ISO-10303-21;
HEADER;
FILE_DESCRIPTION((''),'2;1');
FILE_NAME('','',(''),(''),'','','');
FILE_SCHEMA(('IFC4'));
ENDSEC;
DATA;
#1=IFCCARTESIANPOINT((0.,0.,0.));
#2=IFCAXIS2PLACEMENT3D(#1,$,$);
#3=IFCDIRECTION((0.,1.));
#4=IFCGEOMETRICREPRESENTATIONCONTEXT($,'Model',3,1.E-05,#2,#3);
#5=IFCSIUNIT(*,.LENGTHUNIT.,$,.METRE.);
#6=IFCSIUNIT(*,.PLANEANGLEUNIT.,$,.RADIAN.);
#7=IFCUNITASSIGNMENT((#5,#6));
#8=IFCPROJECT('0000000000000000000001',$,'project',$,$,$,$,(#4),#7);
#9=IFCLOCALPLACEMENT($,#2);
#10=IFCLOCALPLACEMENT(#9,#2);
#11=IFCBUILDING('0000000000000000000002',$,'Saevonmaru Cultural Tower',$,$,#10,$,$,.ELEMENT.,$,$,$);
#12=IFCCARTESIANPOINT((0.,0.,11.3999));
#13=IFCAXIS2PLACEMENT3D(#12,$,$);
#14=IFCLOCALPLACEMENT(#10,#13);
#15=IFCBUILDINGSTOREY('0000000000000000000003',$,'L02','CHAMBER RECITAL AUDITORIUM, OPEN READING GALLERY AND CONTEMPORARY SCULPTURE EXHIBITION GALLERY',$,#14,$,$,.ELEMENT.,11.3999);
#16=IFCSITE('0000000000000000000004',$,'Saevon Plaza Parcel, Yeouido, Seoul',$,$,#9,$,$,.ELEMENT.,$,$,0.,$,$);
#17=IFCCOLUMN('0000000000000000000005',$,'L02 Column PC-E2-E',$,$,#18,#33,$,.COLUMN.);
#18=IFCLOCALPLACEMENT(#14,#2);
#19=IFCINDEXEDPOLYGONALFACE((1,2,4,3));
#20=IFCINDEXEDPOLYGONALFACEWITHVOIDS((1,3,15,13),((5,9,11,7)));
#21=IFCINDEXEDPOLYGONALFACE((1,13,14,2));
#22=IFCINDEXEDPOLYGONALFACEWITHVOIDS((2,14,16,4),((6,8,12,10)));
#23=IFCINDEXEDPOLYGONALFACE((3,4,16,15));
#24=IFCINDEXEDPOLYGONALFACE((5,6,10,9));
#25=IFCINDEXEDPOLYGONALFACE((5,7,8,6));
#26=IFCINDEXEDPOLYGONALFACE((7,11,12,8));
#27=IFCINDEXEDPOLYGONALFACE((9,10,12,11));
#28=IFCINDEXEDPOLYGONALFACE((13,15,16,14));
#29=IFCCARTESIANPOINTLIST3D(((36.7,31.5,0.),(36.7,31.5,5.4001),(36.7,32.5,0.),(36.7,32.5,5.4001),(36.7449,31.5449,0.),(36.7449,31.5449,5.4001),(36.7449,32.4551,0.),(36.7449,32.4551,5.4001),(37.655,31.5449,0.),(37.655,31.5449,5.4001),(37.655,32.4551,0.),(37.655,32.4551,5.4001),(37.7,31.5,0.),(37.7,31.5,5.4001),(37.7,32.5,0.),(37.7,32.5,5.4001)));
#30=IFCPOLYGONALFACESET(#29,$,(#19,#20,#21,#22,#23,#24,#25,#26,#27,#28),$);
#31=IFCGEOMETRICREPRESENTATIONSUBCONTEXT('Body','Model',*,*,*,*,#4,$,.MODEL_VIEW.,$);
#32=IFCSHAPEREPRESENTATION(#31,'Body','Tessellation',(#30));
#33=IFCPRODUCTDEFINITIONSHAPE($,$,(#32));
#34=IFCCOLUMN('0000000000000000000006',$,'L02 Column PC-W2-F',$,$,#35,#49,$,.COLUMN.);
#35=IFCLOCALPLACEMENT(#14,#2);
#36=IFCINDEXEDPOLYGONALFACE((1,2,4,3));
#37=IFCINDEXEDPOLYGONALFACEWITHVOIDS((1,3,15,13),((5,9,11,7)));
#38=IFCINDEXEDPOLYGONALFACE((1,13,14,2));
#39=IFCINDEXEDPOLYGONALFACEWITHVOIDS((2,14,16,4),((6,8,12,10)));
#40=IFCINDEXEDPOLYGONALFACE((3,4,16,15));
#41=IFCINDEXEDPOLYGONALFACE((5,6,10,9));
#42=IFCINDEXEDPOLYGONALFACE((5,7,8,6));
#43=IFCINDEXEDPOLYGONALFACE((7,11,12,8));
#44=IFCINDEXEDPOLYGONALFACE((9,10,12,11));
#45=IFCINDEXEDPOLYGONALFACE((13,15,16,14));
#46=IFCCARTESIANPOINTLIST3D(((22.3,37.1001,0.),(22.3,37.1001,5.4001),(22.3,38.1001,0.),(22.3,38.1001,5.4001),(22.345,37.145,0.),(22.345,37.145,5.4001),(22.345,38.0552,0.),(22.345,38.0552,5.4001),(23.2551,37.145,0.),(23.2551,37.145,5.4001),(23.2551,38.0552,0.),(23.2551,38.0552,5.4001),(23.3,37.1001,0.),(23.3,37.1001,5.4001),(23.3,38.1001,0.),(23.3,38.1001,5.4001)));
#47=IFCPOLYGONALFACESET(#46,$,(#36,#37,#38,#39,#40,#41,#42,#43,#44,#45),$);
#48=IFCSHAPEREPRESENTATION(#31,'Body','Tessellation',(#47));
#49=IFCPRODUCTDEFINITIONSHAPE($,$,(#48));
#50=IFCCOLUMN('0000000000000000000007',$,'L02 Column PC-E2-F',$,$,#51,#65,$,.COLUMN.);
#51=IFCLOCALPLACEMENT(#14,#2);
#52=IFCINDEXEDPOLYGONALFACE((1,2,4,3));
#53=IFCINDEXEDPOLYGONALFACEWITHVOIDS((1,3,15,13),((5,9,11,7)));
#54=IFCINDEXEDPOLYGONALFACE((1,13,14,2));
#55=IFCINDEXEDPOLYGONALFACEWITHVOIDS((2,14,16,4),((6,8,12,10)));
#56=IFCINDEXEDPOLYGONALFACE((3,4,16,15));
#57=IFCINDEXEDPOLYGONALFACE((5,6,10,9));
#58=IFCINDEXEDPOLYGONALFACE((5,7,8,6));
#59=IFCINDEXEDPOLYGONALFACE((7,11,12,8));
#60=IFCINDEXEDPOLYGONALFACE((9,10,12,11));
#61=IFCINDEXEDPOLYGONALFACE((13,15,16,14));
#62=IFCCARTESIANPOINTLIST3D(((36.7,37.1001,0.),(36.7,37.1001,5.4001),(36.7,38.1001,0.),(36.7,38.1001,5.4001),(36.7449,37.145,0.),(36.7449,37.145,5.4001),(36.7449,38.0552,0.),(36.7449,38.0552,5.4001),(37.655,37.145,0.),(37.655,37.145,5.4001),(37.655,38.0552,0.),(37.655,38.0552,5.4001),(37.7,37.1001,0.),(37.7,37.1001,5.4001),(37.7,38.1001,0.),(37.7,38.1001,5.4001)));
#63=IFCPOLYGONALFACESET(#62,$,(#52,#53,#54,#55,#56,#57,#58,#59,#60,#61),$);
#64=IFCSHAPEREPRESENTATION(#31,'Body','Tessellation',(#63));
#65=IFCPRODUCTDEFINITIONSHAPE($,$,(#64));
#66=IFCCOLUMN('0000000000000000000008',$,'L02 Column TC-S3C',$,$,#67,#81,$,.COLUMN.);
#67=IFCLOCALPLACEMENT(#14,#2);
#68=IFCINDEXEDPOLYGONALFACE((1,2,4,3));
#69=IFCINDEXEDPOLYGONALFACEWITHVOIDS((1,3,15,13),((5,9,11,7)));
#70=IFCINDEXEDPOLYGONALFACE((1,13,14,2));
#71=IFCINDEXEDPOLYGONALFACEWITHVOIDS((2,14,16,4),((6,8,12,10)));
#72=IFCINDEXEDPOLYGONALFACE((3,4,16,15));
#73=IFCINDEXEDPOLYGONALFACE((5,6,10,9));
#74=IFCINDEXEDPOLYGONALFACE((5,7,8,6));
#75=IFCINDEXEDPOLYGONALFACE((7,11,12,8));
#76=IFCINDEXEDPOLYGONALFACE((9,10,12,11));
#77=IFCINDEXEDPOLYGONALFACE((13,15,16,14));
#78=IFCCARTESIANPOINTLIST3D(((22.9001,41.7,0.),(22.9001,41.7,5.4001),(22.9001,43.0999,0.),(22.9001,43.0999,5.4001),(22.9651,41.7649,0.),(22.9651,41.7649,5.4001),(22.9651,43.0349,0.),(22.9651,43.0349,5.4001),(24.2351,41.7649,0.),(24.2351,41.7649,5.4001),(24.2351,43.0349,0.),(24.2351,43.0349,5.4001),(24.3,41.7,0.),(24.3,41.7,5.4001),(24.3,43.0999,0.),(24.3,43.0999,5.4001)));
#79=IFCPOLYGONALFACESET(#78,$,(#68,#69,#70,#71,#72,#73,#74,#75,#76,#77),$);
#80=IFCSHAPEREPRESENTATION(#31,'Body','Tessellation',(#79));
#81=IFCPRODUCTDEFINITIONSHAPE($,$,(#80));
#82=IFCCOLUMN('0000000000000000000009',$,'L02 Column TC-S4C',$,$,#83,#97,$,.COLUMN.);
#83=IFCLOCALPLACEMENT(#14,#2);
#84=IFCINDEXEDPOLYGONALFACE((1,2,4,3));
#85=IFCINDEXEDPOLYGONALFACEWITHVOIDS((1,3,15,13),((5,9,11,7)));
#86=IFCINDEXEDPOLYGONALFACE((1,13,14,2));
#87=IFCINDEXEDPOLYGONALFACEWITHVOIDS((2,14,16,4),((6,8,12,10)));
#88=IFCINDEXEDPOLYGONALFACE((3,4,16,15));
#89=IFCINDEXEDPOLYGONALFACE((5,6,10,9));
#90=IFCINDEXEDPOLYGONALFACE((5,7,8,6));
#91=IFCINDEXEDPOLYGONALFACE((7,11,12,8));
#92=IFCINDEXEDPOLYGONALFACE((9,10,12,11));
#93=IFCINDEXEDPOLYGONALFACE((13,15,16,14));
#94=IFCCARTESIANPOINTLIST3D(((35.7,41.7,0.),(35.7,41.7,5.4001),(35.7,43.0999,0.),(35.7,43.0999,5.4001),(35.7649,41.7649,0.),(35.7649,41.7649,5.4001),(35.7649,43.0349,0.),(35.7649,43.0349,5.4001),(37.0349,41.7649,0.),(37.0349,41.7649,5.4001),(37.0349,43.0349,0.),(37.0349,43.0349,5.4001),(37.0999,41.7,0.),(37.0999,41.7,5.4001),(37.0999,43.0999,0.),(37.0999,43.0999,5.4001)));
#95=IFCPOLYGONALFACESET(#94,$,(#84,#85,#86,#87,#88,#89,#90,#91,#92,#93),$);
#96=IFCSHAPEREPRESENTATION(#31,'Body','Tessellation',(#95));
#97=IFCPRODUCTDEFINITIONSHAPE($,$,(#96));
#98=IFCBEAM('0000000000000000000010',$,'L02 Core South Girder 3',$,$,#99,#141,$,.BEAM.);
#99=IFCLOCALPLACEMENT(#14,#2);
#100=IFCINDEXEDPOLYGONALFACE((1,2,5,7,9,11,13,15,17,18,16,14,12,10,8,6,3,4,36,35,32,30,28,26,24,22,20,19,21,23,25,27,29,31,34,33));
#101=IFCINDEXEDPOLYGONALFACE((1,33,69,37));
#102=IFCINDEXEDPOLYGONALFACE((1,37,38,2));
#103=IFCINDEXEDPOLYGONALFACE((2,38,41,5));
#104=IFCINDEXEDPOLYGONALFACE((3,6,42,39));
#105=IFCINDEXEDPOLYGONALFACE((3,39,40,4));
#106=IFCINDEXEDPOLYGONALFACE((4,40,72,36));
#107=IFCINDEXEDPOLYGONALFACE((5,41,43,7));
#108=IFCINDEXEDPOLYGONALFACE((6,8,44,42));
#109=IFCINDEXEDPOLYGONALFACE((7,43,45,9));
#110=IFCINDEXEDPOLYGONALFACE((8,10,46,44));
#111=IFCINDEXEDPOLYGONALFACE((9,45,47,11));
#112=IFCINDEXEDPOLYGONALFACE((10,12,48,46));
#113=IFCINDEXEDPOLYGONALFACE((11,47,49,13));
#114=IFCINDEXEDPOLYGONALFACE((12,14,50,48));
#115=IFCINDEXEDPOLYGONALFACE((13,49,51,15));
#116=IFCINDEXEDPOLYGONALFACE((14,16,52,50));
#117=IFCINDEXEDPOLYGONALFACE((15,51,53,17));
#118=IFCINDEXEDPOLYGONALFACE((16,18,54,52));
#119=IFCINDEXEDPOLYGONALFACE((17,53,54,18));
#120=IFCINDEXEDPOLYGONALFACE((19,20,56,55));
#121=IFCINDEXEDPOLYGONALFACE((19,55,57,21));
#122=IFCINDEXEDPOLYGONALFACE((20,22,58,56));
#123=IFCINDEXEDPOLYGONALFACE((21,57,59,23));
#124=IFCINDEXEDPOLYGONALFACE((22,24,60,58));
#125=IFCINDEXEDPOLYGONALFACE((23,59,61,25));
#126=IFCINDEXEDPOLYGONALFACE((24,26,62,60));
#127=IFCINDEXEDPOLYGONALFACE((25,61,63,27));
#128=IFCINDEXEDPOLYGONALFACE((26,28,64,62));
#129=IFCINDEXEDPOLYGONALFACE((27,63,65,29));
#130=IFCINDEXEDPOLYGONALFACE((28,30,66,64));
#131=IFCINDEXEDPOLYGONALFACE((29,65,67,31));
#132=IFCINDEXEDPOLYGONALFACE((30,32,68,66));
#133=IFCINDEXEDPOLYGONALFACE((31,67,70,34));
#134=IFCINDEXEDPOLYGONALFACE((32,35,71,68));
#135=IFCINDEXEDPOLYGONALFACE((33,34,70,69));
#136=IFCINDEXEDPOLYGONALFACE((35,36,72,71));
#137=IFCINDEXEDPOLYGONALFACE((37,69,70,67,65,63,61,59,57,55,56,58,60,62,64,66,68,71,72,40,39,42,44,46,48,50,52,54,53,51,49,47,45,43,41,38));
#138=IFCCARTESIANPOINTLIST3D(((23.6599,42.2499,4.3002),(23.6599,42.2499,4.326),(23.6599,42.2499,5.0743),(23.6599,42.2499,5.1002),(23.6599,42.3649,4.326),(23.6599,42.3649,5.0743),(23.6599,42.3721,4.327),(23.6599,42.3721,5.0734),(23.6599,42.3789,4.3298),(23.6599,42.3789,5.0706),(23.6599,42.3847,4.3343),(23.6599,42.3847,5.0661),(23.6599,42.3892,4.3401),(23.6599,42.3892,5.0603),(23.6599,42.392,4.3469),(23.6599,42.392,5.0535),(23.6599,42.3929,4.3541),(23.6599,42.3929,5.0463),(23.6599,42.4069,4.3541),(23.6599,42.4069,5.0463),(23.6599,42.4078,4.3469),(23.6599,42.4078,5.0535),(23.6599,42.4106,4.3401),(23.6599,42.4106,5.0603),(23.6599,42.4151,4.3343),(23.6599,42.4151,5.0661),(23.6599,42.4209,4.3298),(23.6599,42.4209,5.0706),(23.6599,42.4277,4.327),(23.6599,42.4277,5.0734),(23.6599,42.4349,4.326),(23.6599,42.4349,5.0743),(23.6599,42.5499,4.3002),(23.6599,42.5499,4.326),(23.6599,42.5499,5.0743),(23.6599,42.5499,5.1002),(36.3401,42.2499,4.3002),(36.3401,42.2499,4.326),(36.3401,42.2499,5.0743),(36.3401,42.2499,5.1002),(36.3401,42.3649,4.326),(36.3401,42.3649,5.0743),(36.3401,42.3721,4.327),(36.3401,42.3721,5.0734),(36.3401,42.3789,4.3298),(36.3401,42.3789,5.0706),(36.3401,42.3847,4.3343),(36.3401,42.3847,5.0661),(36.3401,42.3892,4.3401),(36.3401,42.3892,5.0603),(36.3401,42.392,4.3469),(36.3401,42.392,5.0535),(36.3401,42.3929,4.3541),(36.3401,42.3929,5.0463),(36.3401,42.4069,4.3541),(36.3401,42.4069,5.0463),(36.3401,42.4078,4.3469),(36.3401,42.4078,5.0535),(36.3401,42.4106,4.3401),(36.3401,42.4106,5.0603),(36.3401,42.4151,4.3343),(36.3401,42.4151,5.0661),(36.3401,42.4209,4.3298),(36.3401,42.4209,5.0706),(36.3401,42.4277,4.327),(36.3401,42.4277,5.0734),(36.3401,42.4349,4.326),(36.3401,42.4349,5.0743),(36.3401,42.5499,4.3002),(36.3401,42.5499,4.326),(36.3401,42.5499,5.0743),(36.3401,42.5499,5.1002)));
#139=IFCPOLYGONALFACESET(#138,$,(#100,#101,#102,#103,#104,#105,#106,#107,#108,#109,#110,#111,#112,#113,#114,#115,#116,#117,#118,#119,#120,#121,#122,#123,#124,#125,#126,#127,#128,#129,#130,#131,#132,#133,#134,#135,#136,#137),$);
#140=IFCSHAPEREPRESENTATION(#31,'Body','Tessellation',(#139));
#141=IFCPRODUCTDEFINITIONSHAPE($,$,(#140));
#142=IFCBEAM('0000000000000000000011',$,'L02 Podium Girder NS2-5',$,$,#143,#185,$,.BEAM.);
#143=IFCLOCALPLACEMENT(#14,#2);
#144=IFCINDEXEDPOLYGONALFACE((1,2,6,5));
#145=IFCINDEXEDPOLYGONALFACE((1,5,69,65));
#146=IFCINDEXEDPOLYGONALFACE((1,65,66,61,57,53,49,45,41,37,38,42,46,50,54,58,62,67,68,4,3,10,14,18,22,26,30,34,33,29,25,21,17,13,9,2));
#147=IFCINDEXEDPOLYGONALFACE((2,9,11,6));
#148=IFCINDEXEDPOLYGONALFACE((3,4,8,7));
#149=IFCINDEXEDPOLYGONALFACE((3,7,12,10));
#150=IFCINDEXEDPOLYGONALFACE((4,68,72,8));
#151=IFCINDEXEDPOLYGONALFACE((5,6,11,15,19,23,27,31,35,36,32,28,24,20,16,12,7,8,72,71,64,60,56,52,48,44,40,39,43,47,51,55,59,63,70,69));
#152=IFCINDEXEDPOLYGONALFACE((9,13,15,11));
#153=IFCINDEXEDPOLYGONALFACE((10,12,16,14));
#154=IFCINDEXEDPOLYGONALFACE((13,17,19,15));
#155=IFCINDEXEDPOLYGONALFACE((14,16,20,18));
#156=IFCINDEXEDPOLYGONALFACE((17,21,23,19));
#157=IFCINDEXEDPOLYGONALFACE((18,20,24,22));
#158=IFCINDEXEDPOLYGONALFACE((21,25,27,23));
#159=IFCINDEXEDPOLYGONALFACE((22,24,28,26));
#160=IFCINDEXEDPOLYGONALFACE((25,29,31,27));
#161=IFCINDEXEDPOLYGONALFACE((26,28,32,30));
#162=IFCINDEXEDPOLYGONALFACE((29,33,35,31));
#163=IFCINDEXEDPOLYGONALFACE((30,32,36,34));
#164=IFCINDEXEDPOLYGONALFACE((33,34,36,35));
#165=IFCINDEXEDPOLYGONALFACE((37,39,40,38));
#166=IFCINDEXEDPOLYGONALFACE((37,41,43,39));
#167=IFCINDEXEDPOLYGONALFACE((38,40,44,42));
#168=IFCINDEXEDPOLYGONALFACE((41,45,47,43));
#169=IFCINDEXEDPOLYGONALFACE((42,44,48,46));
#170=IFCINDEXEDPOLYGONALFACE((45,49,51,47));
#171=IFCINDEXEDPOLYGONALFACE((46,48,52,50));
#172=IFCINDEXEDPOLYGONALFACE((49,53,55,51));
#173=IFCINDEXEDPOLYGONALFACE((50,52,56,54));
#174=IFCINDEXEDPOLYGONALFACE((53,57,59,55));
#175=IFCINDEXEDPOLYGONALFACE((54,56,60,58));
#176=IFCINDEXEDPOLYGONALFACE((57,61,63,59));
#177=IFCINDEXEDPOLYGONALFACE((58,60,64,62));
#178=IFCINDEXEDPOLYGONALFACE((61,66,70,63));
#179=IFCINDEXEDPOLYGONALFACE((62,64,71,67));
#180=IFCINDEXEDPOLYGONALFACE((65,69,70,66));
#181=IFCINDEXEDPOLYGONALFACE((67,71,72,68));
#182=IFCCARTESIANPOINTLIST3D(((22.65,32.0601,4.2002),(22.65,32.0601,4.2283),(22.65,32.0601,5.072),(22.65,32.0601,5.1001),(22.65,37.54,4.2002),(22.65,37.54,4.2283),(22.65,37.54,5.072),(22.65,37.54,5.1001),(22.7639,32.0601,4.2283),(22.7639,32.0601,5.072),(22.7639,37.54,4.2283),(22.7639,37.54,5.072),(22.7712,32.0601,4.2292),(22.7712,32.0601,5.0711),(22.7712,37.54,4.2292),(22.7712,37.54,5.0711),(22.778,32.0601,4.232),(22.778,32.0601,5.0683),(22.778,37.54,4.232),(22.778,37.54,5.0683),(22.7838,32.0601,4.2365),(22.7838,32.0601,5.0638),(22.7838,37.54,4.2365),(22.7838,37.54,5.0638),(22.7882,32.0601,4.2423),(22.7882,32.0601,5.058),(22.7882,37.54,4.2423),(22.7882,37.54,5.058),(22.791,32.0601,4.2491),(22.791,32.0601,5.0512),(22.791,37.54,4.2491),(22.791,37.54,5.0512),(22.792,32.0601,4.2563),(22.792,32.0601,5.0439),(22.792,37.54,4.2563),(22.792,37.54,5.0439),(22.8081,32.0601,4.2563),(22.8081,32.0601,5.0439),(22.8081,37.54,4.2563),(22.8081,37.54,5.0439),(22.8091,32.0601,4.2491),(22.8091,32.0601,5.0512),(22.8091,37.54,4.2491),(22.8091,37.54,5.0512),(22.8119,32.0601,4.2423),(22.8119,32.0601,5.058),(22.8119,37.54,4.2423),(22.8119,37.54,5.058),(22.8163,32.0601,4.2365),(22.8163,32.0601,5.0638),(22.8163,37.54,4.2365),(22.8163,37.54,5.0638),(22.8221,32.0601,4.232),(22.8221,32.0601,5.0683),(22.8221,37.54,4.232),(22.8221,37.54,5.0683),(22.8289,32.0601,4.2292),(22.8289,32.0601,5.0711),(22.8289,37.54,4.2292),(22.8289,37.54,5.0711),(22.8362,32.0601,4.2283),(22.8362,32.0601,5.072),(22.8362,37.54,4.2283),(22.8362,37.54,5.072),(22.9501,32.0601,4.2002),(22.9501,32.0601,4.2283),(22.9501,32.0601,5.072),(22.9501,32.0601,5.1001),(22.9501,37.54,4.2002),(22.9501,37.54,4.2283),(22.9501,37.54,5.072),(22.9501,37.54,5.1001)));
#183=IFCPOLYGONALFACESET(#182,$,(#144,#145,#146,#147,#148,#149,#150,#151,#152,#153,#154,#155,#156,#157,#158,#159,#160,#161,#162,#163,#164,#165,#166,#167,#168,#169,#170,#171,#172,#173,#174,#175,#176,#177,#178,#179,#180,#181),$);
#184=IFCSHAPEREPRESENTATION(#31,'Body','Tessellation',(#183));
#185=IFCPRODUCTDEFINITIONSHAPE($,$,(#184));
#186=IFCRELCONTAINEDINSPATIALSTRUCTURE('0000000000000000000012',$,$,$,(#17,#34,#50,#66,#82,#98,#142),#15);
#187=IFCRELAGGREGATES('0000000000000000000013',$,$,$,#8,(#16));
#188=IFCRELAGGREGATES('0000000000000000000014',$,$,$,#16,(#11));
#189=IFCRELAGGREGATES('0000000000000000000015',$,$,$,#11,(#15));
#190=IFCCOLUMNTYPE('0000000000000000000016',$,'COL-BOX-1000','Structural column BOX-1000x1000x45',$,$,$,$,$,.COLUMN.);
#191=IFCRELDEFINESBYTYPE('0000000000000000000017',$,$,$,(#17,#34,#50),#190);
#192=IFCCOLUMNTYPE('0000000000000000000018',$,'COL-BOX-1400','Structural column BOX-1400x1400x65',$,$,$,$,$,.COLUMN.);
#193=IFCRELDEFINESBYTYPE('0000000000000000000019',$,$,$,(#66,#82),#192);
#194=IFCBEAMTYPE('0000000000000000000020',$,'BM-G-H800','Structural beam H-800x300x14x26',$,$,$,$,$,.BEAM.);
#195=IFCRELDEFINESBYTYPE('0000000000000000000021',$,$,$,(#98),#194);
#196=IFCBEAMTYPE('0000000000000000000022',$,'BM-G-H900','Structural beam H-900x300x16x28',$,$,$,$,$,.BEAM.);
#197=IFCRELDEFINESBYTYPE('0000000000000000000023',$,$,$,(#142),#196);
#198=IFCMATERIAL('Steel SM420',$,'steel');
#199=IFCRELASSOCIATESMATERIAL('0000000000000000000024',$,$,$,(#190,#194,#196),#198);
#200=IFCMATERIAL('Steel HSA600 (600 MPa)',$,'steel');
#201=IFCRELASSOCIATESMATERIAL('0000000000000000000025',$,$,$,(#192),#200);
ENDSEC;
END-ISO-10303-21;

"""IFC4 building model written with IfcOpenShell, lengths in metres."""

from ifc_helpers import new_model, si_unit, direction, frame, origin, origin_2d, place, context, subcontext, project, spatial, hollow_rectangle, i_section, extrude, material, material_profile, profile_set, type_object, element, save


model = new_model("IFC4")

# Units and contexts
model_context = context("Model", 3, precision=1e-05, world=origin(), true_north=direction((0.0, 1.0)))
body_context = subcontext(model_context, "Body", "Model", "MODEL_VIEW")
ifc_project = project(units=[si_unit("LENGTHUNIT", "METRE"), si_unit("PLANEANGLEUNIT", "RADIAN")], contexts=[model_context])

# Site, building, storey
site_placement = place(None, origin())
site = spatial("IfcSite", under=ifc_project, at=site_placement, Name="Saevon Plaza Parcel, Yeouido, Seoul", CompositionType="ELEMENT", RefElevation=0.0)
building_placement = place(site_placement, origin())
building = spatial("IfcBuilding", under=site, at=building_placement, Name="Saevonmaru Cultural Tower", CompositionType="ELEMENT")
storey_placement = place(building_placement, frame((0.0, 0.0, 11.3999)))
storey = spatial("IfcBuildingStorey", under=building, at=storey_placement, Name="L02", Description="CHAMBER RECITAL AUDITORIUM, OPEN READING GALLERY AND CONTEMPORARY SCULPTURE EXHIBITION GALLERY", CompositionType="ELEMENT", Elevation=11.3999)

# Columns
ifc_material_1 = material(Name="Steel SM420", Category="steel")
ifc_material_profile_1 = material_profile(ifc_material_1, hollow_rectangle(XDim=1.0, YDim=1.0, WallThickness=0.0449, at=origin_2d()), Name="BOX-1000x1000x45")
ifc_profile_set_1 = profile_set([ifc_material_profile_1], Name="Steel SM420")
column_type_1 = type_object("IfcColumnType", Name="COL-BOX-1000", Description="Structural column BOX-1000x1000x45", PredefinedType="COLUMN", material=ifc_profile_set_1)
for number, where, z_axis, x_axis, name in (
    (1, (37.2, 32.0, 0.0), (0.0, 0.0, 1.0), (1.0, 0.0, 0.0), "L02 Column PC-E2-E"),
    (2, (22.8, 37.6001, 0.0), (0.0, 0.0, 1.0), (1.0, 0.0, 0.0), "L02 Column PC-W2-F"),
    (3, (37.2, 37.6001, 0.0), (0.0, 0.0, 1.0), (1.0, 0.0, 0.0), "L02 Column PC-E2-F"),
):
    element("IfcColumn", number, at=place(storey_placement, frame(where, z_axis=z_axis, x_axis=x_axis)), inside=storey, type_object=column_type_1, Name=name, PredefinedType="COLUMN", context=body_context, shape_type="SweptSolid", body=[
        extrude(hollow_rectangle(XDim=1.0, YDim=1.0, WallThickness=0.0449, at=origin_2d()), origin(), (0.0, 0.0, 1.0), 5.4001),
    ])
ifc_material_2 = material(Name="Steel HSA600 (600 MPa)", Category="steel")
ifc_material_profile_2 = material_profile(ifc_material_2, hollow_rectangle(XDim=1.3999, YDim=1.3999, WallThickness=0.0649, at=origin_2d()), Name="BOX-1400x1400x65")
ifc_profile_set_2 = profile_set([ifc_material_profile_2], Name="Steel HSA600 (600 MPa)")
column_type_2 = type_object("IfcColumnType", Name="COL-BOX-1400", Description="Structural column BOX-1400x1400x65", PredefinedType="COLUMN", material=ifc_profile_set_2)
for number, where, z_axis, x_axis, name in (
    (4, (23.6001, 42.3999, 0.0), (0.0, 0.0, 1.0), (1.0, 0.0, 0.0), "L02 Column TC-S3C"),
    (5, (36.3999, 42.3999, 0.0), (0.0, 0.0, 1.0), (1.0, 0.0, 0.0), "L02 Column TC-S4C"),
):
    element("IfcColumn", number, at=place(storey_placement, frame(where, z_axis=z_axis, x_axis=x_axis)), inside=storey, type_object=column_type_2, Name=name, PredefinedType="COLUMN", context=body_context, shape_type="SweptSolid", body=[
        extrude(hollow_rectangle(XDim=1.3999, YDim=1.3999, WallThickness=0.0649, at=origin_2d()), origin(), (0.0, 0.0, 1.0), 5.4001),
    ])

# Beams
ifc_material_profile_3 = material_profile(ifc_material_1, i_section(OverallWidth=0.3, OverallDepth=0.8, WebThickness=0.0139, FlangeThickness=0.0259, FilletRadius=0.0281, at=origin_2d()), Name="H-800x300x14x26")
ifc_profile_set_3 = profile_set([ifc_material_profile_3], Name="Steel SM420")
beam_type_1 = type_object("IfcBeamType", Name="BM-G-H800", Description="Structural beam H-800x300x14x26", PredefinedType="BEAM", material=ifc_profile_set_3)
beam_1_placement = place(storey_placement, frame((23.6599, 42.3999, 4.7002), z_axis=(1.0, 0.0, 0.0), x_axis=(0.0, 1.0, 0.0)))
element("IfcBeam", 6, at=beam_1_placement, inside=storey, type_object=beam_type_1, Name="L02 Core South Girder 3", PredefinedType="BEAM", context=body_context, shape_type="SweptSolid", body=[
    extrude(i_section(OverallWidth=0.3, OverallDepth=0.8, WebThickness=0.0139, FlangeThickness=0.0259, FilletRadius=0.0281, at=origin_2d()), origin(), (0.0, 0.0, 1.0), 12.6802),
])
ifc_material_profile_4 = material_profile(ifc_material_1, i_section(OverallWidth=0.3, OverallDepth=0.8999, WebThickness=0.0161, FlangeThickness=0.0281, FilletRadius=0.0281, at=origin_2d()), Name="H-900x300x16x28")
ifc_profile_set_4 = profile_set([ifc_material_profile_4], Name="Steel SM420")
beam_type_2 = type_object("IfcBeamType", Name="BM-G-H900", Description="Structural beam H-900x300x16x28", PredefinedType="BEAM", material=ifc_profile_set_4)
beam_2_placement = place(storey_placement, frame((22.8, 32.0601, 4.6501), z_axis=(0.0, 1.0, 0.0), x_axis=(-1.0, 0.0, 0.0)))
element("IfcBeam", 7, at=beam_2_placement, inside=storey, type_object=beam_type_2, Name="L02 Podium Girder NS2-5", PredefinedType="BEAM", context=body_context, shape_type="SweptSolid", body=[
    extrude(i_section(OverallWidth=0.3, OverallDepth=0.8999, WebThickness=0.0161, FlangeThickness=0.0281, FilletRadius=0.0281, at=origin_2d()), origin(), (0.0, 0.0, 1.0), 5.48),
])

save(model, "model.ifc")
